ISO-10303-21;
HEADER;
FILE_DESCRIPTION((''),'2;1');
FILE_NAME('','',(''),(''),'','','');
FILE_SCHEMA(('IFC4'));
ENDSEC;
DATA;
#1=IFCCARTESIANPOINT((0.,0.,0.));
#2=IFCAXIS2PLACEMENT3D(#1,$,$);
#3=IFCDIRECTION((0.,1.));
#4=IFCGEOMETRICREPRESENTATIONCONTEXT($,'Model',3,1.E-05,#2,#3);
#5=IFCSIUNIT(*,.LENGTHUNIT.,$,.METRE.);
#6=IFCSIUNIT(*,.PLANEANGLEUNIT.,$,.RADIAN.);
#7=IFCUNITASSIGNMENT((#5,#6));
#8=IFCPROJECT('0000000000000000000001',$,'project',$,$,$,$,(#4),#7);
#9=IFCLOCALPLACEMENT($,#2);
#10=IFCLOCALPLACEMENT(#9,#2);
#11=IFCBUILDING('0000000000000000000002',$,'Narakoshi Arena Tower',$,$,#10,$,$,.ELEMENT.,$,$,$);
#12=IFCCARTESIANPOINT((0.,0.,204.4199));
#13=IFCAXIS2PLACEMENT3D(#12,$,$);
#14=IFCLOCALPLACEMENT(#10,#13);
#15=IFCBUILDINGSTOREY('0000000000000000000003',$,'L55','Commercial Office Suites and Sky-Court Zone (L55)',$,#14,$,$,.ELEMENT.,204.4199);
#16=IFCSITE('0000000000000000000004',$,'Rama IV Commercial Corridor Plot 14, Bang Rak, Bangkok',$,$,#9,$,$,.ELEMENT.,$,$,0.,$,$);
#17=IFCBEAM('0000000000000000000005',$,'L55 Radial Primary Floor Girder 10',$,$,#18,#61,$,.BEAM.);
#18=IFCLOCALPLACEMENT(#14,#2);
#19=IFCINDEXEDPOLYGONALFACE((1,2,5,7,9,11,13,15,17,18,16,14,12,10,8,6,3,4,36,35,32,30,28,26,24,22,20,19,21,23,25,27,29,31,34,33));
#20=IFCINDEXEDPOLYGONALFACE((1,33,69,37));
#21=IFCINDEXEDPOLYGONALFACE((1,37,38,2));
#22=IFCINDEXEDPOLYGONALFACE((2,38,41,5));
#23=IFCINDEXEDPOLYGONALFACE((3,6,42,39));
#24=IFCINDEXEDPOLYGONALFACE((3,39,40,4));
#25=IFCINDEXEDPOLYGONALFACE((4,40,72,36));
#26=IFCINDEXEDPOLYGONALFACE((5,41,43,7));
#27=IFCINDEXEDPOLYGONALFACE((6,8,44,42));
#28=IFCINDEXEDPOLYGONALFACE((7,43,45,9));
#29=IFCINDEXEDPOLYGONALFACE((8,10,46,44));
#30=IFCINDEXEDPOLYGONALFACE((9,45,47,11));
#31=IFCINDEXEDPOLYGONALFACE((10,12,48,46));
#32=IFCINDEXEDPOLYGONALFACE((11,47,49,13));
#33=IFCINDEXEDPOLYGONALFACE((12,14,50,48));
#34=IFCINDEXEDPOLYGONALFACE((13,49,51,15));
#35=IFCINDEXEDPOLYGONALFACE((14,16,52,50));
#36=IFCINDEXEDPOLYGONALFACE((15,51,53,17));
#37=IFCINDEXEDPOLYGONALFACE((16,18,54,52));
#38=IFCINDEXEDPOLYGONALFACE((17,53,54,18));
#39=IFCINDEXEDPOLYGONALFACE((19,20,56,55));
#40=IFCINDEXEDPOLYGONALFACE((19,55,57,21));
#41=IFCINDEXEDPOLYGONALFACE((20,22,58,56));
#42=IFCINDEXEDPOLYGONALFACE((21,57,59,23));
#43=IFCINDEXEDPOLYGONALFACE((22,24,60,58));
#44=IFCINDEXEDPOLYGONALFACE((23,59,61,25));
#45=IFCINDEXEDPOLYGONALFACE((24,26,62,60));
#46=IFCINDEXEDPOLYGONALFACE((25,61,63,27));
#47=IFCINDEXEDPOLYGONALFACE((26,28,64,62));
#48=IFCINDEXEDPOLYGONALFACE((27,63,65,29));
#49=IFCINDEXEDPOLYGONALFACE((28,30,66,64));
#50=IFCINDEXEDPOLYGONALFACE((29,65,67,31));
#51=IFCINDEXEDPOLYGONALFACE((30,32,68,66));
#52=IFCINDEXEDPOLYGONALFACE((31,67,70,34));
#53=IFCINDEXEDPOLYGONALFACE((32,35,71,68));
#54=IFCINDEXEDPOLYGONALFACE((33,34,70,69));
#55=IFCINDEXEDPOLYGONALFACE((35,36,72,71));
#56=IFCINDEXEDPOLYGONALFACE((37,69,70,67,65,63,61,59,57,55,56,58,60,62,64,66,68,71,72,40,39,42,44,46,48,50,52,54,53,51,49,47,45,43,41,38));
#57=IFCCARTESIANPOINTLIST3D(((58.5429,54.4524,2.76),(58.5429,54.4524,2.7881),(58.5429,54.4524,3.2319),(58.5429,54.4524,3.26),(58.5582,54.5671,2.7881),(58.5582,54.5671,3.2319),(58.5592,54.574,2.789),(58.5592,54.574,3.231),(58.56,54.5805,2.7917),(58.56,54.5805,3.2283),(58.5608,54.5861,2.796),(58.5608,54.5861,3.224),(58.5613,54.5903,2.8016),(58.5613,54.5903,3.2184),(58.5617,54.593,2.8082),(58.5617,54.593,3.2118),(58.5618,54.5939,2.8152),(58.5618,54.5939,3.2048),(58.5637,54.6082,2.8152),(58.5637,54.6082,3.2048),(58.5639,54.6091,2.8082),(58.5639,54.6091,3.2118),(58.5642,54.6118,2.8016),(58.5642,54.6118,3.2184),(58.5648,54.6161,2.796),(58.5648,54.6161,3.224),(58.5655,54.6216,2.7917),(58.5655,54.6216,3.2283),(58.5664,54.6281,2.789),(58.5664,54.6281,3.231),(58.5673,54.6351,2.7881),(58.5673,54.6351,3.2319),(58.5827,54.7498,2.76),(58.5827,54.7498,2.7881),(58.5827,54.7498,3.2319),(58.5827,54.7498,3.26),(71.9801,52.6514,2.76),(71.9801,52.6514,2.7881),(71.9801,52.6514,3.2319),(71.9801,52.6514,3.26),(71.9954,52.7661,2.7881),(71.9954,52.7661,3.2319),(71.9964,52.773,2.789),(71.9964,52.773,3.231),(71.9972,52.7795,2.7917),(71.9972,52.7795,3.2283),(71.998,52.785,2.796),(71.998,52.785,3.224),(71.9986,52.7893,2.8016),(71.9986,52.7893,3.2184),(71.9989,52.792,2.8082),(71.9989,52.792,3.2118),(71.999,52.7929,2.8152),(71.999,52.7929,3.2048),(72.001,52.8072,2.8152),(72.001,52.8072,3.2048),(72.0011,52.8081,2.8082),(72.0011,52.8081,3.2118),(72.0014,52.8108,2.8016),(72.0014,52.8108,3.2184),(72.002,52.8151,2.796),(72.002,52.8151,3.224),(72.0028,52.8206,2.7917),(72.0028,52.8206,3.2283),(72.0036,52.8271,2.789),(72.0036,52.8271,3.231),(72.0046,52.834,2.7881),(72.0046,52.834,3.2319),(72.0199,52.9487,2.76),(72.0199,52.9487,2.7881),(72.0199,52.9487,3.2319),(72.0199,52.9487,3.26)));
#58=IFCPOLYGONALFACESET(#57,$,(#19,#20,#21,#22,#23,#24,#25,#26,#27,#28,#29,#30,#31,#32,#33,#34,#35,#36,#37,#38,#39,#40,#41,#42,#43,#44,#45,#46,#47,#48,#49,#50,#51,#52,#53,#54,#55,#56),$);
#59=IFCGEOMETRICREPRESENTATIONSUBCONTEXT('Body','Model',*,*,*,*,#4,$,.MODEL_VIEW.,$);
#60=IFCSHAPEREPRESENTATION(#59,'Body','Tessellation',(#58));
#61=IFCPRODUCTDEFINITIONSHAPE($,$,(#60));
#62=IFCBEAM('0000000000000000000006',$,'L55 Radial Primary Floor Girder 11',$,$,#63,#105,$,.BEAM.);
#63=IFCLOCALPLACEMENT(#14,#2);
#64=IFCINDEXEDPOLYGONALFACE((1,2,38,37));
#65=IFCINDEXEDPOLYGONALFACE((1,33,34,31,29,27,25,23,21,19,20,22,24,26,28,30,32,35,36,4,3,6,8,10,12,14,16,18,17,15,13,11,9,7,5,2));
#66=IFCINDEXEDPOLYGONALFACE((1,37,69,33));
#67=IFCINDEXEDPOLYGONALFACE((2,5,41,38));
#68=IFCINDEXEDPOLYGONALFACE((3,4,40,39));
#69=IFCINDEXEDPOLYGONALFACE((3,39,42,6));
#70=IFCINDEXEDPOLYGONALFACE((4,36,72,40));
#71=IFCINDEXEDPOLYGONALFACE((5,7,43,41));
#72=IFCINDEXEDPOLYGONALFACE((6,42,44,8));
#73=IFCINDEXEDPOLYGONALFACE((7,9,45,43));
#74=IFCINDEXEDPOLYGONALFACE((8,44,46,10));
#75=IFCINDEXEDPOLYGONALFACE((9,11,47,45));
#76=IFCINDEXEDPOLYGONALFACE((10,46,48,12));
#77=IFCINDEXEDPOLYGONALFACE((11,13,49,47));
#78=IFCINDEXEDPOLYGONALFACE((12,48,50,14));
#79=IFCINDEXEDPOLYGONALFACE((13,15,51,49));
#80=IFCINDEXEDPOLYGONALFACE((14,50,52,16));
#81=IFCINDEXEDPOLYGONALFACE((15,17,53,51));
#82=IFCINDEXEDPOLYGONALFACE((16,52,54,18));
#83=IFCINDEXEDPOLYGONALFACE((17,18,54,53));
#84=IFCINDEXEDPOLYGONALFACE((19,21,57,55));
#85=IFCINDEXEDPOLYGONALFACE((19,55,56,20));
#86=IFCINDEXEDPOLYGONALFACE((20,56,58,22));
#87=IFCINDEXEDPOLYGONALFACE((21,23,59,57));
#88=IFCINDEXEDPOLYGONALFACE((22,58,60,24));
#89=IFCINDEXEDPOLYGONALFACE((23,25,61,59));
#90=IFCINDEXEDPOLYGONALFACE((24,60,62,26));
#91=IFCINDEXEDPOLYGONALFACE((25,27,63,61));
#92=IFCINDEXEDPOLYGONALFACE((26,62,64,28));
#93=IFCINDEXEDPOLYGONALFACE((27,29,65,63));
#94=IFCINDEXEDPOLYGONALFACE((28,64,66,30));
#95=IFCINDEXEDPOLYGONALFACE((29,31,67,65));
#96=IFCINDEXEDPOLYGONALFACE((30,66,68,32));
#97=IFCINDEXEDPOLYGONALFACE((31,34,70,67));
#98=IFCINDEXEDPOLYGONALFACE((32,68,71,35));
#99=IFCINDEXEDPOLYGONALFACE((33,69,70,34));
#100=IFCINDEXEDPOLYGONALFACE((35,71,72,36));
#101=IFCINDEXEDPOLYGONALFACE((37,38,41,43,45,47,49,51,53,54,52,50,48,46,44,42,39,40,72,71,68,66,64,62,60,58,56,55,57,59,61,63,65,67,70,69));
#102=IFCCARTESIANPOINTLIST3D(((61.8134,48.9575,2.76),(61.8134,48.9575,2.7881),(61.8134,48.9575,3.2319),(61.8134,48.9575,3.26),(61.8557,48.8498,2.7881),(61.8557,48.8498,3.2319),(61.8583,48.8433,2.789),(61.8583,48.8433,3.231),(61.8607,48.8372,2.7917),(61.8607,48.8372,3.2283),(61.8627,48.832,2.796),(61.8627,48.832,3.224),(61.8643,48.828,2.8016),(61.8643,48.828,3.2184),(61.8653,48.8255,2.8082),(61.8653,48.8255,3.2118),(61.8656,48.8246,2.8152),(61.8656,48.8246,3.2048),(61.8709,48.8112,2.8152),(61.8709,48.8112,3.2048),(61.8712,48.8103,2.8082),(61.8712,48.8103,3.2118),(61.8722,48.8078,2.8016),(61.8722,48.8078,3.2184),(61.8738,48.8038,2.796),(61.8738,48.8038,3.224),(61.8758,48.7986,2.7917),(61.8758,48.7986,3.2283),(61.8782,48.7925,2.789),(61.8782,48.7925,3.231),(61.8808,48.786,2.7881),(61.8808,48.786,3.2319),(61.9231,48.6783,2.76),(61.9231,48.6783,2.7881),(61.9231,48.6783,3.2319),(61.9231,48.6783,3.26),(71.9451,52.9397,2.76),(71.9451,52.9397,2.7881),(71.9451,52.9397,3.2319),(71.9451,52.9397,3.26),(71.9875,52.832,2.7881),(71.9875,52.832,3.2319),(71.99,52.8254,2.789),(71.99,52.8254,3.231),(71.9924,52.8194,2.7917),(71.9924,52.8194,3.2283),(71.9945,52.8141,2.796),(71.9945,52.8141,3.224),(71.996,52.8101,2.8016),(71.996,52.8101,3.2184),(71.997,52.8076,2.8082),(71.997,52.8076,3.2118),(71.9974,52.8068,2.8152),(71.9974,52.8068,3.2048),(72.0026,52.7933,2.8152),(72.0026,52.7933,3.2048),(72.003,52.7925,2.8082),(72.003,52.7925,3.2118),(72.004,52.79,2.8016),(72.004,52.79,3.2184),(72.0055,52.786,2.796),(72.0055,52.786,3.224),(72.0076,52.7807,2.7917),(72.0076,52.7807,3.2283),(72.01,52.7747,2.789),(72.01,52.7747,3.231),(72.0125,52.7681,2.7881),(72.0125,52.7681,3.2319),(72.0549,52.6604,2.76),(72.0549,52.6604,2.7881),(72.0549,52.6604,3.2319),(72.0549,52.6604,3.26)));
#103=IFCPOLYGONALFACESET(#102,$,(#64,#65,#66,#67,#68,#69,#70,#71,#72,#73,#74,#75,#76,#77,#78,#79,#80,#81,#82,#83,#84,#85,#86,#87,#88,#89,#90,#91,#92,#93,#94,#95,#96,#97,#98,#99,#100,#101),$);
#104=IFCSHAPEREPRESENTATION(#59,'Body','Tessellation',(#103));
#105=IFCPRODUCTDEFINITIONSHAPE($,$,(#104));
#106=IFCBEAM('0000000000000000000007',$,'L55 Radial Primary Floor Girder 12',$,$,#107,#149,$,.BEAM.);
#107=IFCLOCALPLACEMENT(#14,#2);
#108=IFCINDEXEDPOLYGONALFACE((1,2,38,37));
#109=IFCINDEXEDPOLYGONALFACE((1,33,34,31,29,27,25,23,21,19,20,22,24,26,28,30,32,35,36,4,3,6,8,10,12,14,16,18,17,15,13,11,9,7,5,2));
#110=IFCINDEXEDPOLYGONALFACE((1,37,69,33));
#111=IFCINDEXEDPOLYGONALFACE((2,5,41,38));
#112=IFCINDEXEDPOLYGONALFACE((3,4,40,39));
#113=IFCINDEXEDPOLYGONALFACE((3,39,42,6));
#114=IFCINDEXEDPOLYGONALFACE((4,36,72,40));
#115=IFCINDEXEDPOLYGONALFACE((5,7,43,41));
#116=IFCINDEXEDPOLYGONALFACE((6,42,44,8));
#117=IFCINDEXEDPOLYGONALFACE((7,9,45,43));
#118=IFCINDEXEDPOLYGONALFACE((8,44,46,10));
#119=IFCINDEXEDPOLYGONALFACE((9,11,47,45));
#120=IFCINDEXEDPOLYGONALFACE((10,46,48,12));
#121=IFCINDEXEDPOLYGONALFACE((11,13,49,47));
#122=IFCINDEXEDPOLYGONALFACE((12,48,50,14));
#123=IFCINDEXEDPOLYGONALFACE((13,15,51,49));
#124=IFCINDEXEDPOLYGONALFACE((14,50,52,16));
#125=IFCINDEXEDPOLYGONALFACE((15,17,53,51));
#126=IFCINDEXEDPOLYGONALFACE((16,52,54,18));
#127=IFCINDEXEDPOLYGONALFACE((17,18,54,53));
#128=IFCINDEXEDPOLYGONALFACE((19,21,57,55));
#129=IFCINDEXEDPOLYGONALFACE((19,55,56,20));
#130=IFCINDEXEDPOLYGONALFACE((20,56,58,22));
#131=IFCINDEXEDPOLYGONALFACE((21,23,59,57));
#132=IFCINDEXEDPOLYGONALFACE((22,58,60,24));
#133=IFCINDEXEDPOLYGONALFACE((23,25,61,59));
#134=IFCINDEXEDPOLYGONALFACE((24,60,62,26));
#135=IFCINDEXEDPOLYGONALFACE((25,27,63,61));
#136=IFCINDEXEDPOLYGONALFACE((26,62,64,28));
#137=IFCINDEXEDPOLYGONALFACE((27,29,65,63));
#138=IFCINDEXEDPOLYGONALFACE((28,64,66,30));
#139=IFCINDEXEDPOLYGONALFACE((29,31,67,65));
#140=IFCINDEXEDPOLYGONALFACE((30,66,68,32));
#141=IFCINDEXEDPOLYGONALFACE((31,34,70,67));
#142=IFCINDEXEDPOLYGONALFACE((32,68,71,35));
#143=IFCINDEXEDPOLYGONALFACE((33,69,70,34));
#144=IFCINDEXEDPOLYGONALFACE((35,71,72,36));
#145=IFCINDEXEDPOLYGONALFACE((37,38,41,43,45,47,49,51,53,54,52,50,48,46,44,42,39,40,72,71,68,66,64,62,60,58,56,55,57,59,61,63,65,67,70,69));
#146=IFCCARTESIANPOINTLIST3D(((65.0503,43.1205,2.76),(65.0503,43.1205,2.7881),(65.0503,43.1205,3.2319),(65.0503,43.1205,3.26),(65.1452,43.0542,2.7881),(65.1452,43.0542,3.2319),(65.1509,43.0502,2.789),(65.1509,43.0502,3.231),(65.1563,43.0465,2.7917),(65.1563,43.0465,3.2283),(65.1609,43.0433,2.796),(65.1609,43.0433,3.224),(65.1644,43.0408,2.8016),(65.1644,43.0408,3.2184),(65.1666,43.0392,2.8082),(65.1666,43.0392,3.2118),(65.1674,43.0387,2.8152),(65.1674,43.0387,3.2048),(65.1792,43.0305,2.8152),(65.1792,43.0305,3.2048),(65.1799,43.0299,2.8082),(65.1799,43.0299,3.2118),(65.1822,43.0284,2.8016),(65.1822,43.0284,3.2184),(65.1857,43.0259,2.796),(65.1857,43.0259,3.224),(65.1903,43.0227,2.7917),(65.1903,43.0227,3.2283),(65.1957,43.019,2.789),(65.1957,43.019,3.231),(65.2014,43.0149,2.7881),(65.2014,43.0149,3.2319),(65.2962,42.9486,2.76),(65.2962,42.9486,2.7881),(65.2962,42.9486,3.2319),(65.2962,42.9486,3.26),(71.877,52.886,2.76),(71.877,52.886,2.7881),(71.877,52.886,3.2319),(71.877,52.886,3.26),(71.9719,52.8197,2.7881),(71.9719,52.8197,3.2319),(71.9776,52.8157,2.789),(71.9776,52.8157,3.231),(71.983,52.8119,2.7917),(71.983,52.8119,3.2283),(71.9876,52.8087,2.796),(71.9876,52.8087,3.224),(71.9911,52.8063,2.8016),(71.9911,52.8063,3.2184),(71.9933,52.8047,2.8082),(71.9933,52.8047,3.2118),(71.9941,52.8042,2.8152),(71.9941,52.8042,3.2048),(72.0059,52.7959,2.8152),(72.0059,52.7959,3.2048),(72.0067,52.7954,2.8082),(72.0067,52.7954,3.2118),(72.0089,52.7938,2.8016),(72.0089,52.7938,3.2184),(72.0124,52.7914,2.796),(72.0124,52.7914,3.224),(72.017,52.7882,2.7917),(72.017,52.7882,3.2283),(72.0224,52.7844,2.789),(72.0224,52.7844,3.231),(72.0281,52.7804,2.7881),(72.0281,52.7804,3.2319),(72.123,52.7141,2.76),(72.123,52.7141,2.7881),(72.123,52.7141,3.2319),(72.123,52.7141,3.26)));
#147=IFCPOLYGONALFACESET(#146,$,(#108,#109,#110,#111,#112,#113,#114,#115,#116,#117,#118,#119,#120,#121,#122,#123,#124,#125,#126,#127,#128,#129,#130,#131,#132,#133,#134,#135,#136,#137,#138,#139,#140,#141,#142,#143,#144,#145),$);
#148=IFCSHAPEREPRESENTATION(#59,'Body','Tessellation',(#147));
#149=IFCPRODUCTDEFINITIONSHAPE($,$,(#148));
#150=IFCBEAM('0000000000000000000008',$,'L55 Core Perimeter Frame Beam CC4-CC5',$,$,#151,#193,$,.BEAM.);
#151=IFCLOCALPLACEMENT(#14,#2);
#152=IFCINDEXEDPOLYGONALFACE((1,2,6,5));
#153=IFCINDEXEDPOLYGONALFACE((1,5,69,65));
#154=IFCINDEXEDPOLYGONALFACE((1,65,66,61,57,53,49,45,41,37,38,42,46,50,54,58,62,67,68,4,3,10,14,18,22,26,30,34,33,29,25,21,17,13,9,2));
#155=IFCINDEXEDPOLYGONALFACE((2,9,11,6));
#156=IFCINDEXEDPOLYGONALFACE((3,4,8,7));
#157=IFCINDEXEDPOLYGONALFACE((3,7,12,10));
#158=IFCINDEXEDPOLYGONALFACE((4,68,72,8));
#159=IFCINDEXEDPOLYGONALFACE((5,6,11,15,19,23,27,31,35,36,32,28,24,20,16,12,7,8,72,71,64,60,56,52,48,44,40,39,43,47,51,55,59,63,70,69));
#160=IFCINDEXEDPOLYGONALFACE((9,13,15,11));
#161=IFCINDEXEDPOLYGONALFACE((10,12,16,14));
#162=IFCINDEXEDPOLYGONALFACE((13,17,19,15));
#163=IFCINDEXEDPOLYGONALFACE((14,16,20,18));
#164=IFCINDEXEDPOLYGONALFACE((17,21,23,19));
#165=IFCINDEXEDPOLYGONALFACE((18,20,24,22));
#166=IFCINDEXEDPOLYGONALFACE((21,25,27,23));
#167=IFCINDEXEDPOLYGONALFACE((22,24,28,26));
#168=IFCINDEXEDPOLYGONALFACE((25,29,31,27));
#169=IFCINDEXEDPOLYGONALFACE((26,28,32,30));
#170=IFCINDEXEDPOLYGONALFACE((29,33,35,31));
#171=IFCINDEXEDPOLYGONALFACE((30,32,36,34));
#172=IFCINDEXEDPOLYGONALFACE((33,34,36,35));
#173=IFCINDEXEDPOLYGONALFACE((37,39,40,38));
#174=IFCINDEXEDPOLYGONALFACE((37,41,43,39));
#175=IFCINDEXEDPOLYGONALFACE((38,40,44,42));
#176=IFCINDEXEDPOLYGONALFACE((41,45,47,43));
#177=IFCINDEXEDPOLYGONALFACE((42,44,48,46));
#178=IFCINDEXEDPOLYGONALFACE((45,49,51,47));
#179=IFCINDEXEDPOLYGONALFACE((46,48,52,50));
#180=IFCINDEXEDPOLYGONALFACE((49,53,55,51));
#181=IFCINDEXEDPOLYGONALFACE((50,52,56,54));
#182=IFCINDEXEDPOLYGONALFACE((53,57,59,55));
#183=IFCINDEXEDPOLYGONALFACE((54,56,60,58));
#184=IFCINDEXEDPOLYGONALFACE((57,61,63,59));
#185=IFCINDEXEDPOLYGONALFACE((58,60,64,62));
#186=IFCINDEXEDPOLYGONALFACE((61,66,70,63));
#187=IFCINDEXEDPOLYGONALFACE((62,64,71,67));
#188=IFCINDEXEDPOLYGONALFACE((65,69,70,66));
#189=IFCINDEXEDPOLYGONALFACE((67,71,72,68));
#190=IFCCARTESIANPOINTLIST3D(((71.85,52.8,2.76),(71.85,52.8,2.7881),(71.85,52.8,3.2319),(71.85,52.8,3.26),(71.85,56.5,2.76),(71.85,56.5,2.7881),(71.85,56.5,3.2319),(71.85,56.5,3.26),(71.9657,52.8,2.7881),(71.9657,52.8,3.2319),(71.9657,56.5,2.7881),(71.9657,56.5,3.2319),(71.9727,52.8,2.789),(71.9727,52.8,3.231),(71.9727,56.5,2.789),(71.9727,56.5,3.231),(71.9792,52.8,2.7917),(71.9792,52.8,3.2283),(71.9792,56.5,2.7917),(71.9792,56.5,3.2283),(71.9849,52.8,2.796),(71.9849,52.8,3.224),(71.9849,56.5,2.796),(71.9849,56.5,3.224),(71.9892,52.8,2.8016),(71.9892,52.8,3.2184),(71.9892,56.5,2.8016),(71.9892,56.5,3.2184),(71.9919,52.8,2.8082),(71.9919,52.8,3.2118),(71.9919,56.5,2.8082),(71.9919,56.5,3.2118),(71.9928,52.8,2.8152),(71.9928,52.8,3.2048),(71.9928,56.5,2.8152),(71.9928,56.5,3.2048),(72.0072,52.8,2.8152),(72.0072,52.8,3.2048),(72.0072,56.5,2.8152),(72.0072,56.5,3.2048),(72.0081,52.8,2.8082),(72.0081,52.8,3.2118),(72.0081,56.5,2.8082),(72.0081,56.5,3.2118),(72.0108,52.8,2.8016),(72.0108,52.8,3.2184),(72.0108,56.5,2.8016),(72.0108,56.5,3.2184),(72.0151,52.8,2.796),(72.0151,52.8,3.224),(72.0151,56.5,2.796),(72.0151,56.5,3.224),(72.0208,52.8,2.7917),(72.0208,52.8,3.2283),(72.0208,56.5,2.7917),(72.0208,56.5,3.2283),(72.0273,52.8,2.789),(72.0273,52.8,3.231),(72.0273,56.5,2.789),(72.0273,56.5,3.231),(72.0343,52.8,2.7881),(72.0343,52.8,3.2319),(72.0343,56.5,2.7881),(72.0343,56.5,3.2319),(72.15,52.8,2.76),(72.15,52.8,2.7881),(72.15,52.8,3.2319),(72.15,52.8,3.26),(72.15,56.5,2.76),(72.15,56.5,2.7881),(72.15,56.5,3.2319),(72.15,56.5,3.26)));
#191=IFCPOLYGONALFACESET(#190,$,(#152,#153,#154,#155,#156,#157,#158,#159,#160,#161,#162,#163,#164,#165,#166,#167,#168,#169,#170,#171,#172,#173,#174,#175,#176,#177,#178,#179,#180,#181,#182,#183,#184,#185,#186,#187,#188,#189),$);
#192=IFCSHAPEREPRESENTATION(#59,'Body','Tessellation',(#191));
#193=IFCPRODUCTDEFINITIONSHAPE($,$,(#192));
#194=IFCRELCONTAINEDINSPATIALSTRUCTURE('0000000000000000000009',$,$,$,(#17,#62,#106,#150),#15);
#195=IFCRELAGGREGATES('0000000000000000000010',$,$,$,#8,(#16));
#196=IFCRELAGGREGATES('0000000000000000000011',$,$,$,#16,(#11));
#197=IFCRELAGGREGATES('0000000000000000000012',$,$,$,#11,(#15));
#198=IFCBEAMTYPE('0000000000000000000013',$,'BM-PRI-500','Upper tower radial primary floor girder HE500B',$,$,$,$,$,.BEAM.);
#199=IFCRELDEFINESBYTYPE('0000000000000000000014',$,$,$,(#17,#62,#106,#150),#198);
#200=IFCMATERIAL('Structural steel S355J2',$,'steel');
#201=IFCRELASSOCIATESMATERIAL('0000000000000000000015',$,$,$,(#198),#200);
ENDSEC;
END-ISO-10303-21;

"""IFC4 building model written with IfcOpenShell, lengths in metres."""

from ifc_helpers import new_model, si_unit, direction, frame, origin, origin_2d, place, context, subcontext, project, spatial, i_section, extrude, material, material_profile, profile_set, type_object, element, save


model = new_model("IFC4")

# Units and contexts
model_context = context("Model", 3, precision=1e-05, world=origin(), true_north=direction((0.0, 1.0)))
body_context = subcontext(model_context, "Body", "Model", "MODEL_VIEW")
ifc_project = project(units=[si_unit("LENGTHUNIT", "METRE"), si_unit("PLANEANGLEUNIT", "RADIAN")], contexts=[model_context])

# Site, building, storey
site_placement = place(None, origin())
site = spatial("IfcSite", under=ifc_project, at=site_placement, Name="Rama IV Commercial Corridor Plot 14, Bang Rak, Bangkok", CompositionType="ELEMENT", RefElevation=0.0)
building_placement = place(site_placement, origin())
building = spatial("IfcBuilding", under=site, at=building_placement, Name="Narakoshi Arena Tower", CompositionType="ELEMENT")
storey_placement = place(building_placement, frame((0.0, 0.0, 204.4199)))
storey = spatial("IfcBuildingStorey", under=building, at=storey_placement, Name="L55", Description="Commercial Office Suites and Sky-Court Zone (L55)", CompositionType="ELEMENT", Elevation=204.4199)

# Beams
ifc_material_1 = material(Name="Structural steel S355J2", Category="steel")
ifc_material_profile = material_profile(ifc_material_1, i_section(OverallWidth=0.3, OverallDepth=0.5, WebThickness=0.0144, FlangeThickness=0.0281, FilletRadius=0.0271, at=origin_2d()), Name="HE500B")
ifc_profile_set = profile_set([ifc_material_profile], Name="Structural steel S355J2")
beam_type = type_object("IfcBeamType", Name="BM-PRI-500", Description="Upper tower radial primary floor girder HE500B", PredefinedType="BEAM", material=ifc_profile_set)
beam_1_placement = place(storey_placement, frame((72.0, 52.8, 3.01), z_axis=(-0.991137, 0.132844, 0.0), x_axis=(-0.132844, -0.991137, 0.0)))
element("IfcBeam", 1, at=beam_1_placement, inside=storey, type_object=beam_type, Name="L55 Radial Primary Floor Girder 10", PredefinedType="BEAM", context=body_context, shape_type="SweptSolid", body=[
    extrude(i_section(OverallWidth=0.3, OverallDepth=0.5, WebThickness=0.0144, FlangeThickness=0.0281, FilletRadius=0.0271, at=origin_2d()), origin(), (0.0, 0.0, 1.0), 13.5574),
])
beam_2_placement = place(storey_placement, frame((72.0, 52.8, 3.01), z_axis=(-0.930695, -0.365797, 0.0), x_axis=(0.365797, -0.930695, 0.0)))
element("IfcBeam", 2, at=beam_2_placement, inside=storey, type_object=beam_type, Name="L55 Radial Primary Floor Girder 11", PredefinedType="BEAM", context=body_context, shape_type="SweptSolid", body=[
    extrude(i_section(OverallWidth=0.3, OverallDepth=0.5, WebThickness=0.0144, FlangeThickness=0.0281, FilletRadius=0.0271, at=origin_2d()), origin(), (0.0, 0.0, 1.0), 10.8862),
])
beam_3_placement = place(storey_placement, frame((72.0, 52.8, 3.01), z_axis=(-0.572949, -0.819591, 0.0), x_axis=(0.819591, -0.572949, 0.0)))
element("IfcBeam", 3, at=beam_3_placement, inside=storey, type_object=beam_type, Name="L55 Radial Primary Floor Girder 12", PredefinedType="BEAM", context=body_context, shape_type="SweptSolid", body=[
    extrude(i_section(OverallWidth=0.3, OverallDepth=0.5, WebThickness=0.0144, FlangeThickness=0.0281, FilletRadius=0.0271, at=origin_2d()), origin(), (0.0, 0.0, 1.0), 11.915),
])
beam_4_placement = place(storey_placement, frame((72.0, 52.8, 3.01), z_axis=(0.0, 1.0, 0.0), x_axis=(-1.0, 0.0, 0.0)))
element("IfcBeam", 4, at=beam_4_placement, inside=storey, type_object=beam_type, Name="L55 Core Perimeter Frame Beam CC4-CC5", PredefinedType="BEAM", context=body_context, shape_type="SweptSolid", body=[
    extrude(i_section(OverallWidth=0.3, OverallDepth=0.5, WebThickness=0.0144, FlangeThickness=0.0281, FilletRadius=0.0271, at=origin_2d()), origin(), (0.0, 0.0, 1.0), 3.7),
])

save(model, "model.ifc")
